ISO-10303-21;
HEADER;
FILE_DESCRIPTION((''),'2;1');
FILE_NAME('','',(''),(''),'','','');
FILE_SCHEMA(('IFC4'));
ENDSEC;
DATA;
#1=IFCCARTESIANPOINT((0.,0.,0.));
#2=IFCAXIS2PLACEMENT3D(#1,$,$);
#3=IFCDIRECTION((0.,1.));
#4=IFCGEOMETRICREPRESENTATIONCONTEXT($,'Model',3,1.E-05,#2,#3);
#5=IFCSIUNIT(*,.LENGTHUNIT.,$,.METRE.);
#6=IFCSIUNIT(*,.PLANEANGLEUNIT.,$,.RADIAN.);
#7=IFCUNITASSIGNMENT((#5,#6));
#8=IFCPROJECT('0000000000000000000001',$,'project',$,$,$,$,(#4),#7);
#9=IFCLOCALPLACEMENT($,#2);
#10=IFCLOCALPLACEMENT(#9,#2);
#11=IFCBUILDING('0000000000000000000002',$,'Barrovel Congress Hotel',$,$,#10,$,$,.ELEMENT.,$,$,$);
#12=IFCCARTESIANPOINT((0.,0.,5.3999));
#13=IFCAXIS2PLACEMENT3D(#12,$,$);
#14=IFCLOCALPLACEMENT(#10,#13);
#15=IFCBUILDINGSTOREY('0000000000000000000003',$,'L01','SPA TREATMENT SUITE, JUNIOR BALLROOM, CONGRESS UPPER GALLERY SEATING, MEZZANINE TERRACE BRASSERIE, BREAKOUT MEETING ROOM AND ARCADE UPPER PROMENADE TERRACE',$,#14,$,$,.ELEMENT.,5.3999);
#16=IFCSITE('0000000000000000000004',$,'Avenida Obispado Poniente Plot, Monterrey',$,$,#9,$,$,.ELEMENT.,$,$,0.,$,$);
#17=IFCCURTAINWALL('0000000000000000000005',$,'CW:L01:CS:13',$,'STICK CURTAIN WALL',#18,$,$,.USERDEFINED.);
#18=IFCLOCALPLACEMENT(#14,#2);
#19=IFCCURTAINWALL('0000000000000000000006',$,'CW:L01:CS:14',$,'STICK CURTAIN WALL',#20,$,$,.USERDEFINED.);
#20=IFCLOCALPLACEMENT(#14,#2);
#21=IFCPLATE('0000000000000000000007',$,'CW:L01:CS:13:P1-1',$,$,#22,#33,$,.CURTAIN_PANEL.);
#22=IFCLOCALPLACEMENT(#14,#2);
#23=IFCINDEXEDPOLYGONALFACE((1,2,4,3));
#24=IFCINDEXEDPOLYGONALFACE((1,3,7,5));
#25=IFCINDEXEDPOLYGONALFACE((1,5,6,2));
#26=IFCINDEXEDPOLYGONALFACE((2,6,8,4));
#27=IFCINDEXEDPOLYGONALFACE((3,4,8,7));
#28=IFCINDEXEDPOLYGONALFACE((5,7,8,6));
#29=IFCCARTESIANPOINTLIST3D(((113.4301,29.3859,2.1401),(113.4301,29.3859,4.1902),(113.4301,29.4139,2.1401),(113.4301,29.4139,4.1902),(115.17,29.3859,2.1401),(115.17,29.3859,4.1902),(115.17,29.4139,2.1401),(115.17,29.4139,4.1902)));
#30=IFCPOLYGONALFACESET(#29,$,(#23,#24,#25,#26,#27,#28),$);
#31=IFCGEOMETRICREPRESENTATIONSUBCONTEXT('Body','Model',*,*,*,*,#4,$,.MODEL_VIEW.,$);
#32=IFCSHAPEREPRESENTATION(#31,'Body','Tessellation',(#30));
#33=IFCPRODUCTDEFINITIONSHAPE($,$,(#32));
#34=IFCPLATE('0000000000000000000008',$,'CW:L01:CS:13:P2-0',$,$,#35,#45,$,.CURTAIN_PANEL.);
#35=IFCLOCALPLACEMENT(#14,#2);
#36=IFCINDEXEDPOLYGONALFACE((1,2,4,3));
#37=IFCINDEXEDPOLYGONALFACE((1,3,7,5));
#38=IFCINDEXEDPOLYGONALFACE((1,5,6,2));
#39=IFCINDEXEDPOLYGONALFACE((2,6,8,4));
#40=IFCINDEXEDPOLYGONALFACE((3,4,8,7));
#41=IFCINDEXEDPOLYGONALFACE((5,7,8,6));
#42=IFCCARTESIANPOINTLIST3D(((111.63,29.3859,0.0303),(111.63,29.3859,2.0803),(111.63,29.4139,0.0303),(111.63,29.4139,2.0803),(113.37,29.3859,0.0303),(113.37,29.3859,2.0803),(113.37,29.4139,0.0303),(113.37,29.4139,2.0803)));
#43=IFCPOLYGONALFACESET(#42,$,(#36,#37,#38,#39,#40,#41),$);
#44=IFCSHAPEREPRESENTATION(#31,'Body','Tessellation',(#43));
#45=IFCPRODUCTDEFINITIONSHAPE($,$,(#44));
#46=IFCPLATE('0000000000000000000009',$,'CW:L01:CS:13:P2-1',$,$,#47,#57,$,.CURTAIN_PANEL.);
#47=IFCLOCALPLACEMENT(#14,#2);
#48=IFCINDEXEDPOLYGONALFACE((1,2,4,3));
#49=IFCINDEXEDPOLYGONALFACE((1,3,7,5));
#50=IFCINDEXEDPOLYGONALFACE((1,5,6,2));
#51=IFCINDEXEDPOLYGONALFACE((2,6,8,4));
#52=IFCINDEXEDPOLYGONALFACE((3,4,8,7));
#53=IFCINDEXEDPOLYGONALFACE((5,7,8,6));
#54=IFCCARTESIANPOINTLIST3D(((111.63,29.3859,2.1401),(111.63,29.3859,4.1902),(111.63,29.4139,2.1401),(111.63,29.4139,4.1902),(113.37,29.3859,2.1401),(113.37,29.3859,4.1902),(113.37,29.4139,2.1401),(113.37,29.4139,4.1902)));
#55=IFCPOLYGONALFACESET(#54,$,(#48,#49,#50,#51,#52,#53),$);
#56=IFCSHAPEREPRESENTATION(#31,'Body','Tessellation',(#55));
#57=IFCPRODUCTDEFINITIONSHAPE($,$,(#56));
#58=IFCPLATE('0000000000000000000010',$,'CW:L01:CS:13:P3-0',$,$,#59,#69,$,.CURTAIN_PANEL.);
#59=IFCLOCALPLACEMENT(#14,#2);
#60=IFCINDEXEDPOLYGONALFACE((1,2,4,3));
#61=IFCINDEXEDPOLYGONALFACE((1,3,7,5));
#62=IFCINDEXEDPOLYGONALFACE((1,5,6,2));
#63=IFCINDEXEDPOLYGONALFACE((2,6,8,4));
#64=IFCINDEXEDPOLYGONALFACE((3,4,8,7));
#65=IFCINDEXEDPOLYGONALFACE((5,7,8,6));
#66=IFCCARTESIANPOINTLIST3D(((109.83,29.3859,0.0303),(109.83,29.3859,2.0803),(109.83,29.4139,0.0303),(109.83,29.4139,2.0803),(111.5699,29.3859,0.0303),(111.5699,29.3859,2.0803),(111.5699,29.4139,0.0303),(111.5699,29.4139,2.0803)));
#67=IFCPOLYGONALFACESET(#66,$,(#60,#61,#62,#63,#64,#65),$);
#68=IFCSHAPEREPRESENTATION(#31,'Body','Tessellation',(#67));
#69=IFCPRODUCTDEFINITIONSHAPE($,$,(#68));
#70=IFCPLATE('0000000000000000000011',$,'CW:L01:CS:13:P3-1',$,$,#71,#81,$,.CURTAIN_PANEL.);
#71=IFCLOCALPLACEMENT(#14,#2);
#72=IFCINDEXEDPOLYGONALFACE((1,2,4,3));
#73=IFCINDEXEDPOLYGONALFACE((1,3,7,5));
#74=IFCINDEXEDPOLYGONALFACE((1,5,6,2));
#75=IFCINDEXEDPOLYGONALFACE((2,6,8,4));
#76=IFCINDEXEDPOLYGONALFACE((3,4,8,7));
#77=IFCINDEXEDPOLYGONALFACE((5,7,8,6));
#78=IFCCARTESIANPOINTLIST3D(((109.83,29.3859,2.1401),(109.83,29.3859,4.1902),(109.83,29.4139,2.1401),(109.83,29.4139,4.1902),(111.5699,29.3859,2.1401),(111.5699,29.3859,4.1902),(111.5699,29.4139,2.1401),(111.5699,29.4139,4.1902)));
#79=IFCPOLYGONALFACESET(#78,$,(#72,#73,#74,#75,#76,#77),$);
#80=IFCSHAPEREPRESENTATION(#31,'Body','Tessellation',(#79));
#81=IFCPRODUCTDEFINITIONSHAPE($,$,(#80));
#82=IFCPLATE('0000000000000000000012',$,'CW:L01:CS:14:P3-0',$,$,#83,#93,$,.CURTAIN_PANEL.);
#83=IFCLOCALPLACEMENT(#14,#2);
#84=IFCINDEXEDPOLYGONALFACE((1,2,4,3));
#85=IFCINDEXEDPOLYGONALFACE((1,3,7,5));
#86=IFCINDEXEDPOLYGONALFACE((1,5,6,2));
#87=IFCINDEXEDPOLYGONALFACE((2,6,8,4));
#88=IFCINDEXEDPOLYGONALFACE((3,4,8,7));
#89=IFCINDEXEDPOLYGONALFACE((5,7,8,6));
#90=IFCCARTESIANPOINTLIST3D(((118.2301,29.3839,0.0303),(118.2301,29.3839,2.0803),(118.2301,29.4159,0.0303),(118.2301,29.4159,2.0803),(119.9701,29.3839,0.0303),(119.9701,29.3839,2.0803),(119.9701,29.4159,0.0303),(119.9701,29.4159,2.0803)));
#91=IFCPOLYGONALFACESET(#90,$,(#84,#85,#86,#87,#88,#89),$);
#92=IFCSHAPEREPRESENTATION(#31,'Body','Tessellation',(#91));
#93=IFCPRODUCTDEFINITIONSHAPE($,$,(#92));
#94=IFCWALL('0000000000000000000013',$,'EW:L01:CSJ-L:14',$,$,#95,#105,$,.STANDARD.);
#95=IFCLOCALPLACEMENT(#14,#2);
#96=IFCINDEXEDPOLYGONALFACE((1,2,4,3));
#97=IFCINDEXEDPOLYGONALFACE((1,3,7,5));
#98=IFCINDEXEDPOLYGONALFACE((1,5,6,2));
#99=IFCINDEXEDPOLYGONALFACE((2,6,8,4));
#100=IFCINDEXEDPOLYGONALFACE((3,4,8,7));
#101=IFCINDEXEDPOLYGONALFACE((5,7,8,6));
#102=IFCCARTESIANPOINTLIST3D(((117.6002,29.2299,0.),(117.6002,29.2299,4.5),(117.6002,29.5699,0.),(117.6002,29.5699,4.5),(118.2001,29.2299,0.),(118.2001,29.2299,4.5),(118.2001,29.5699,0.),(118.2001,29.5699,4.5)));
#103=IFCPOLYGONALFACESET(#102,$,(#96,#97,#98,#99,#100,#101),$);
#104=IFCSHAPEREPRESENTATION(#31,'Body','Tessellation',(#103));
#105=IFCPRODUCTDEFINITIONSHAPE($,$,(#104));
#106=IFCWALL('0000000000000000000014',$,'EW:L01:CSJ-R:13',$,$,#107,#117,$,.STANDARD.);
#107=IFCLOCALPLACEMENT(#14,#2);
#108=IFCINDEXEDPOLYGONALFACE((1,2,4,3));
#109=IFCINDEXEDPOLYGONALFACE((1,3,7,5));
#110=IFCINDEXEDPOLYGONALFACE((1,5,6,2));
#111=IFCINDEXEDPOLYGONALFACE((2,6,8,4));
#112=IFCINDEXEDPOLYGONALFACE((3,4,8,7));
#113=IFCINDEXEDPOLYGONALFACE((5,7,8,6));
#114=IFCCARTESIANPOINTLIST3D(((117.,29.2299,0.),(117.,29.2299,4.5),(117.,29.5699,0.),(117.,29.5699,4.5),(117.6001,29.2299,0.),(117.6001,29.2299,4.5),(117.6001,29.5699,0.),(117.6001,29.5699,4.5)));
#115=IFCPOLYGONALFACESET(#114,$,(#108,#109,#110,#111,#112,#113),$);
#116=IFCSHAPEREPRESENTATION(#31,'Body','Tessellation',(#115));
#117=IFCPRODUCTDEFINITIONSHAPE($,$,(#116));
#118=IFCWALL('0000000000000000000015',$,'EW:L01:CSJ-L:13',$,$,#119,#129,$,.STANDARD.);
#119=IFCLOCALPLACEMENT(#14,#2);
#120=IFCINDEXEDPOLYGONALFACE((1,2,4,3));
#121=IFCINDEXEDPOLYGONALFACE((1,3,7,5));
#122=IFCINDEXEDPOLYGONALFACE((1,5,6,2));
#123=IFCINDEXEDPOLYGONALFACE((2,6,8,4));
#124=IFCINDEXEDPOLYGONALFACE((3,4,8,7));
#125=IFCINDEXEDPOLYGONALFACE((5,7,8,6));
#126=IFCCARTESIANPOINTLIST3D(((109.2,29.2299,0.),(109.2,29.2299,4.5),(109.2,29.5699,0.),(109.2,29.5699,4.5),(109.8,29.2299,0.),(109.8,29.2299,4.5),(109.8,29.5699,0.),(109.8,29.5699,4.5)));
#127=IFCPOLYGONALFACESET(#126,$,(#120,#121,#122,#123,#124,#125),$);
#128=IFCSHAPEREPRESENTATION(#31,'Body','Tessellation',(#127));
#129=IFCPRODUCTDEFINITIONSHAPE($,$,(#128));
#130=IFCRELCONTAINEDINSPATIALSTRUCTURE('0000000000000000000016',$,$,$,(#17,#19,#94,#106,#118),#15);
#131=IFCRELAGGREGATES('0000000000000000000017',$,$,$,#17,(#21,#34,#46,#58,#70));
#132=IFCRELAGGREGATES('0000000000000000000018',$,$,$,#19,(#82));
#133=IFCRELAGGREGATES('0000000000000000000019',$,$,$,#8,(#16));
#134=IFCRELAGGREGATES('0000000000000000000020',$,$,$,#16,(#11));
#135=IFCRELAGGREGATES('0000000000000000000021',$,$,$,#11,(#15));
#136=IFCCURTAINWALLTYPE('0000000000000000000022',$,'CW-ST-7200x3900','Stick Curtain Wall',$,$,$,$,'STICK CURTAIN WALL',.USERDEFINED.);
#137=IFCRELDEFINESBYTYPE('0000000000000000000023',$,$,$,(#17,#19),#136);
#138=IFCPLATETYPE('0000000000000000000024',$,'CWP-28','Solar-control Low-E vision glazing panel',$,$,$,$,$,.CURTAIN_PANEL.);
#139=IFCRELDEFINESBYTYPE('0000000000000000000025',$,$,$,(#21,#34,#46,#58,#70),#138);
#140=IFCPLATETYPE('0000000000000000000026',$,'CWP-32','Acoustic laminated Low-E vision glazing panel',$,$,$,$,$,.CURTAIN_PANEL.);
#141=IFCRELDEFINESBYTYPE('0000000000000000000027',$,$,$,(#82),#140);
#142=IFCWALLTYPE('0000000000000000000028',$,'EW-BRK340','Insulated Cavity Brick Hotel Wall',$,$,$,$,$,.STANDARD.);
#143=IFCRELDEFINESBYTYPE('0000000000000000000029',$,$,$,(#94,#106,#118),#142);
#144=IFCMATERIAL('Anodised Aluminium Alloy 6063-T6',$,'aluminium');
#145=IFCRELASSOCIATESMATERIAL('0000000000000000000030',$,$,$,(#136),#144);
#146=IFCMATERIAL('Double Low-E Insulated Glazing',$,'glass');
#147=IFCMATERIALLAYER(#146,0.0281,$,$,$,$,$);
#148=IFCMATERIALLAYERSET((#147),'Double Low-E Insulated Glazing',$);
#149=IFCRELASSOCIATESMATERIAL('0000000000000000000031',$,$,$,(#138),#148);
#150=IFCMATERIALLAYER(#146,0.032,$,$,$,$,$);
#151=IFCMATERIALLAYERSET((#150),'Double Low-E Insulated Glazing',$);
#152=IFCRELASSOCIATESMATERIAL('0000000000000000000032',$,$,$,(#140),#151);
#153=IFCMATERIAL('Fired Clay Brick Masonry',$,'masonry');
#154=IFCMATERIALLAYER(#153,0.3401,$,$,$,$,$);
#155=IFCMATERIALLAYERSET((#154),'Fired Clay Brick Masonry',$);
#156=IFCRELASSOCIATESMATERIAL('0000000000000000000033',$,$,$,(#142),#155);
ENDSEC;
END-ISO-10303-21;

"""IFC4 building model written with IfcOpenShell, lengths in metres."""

from ifc_helpers import new_model, si_unit, direction, frame, frame_2d, origin, origin_2d, place, context, subcontext, project, spatial, rectangle, extrude, material, layer, layer_set, type_object, element, aggregate, save


model = new_model("IFC4")

# Units and contexts
model_context = context("Model", 3, precision=1e-05, world=origin(), true_north=direction((0.0, 1.0)))
body_context = subcontext(model_context, "Body", "Model", "MODEL_VIEW")
ifc_project = project(units=[si_unit("LENGTHUNIT", "METRE"), si_unit("PLANEANGLEUNIT", "RADIAN")], contexts=[model_context])

# Site, building, storey
site_placement = place(None, origin())
site = spatial("IfcSite", under=ifc_project, at=site_placement, Name="Avenida Obispado Poniente Plot, Monterrey", CompositionType="ELEMENT", RefElevation=0.0)
building_placement = place(site_placement, origin())
building = spatial("IfcBuilding", under=site, at=building_placement, Name="Barrovel Congress Hotel", CompositionType="ELEMENT")
storey_placement = place(building_placement, frame((0.0, 0.0, 5.3999)))
storey = spatial("IfcBuildingStorey", under=building, at=storey_placement, Name="L01", Description="SPA TREATMENT SUITE, JUNIOR BALLROOM, CONGRESS UPPER GALLERY SEATING, MEZZANINE TERRACE BRASSERIE, BREAKOUT MEETING ROOM AND ARCADE UPPER PROMENADE TERRACE", CompositionType="ELEMENT", Elevation=5.3999)

# Curtain wall
ifc_material_1 = material(Name="Anodised Aluminium Alloy 6063-T6", Category="aluminium")
curtain_wall_type = type_object("IfcCurtainWallType", Name="CW-ST-7200x3900", Description="Stick Curtain Wall", ElementType="STICK CURTAIN WALL", PredefinedType="USERDEFINED", material=ifc_material_1)
curtain_wall_1_placement = place(storey_placement, origin())
curtain_wall_1 = element("IfcCurtainWall", 1, at=curtain_wall_1_placement, inside=storey, type_object=curtain_wall_type, Name="CW:L01:CS:13", ObjectType="STICK CURTAIN WALL", PredefinedType="USERDEFINED")

# Curtain wall
curtain_wall_2_placement = place(storey_placement, origin())
curtain_wall_2 = element("IfcCurtainWall", 2, at=curtain_wall_2_placement, inside=storey, type_object=curtain_wall_type, Name="CW:L01:CS:14", ObjectType="STICK CURTAIN WALL", PredefinedType="USERDEFINED")

# Plates
ifc_material_2 = material(Name="Double Low-E Insulated Glazing", Category="glass")
ifc_layer_1 = layer(ifc_material_2, 0.0281)
ifc_layer_set_1 = layer_set([ifc_layer_1], Name="Double Low-E Insulated Glazing")
plate_type_1 = type_object("IfcPlateType", Name="CWP-28", Description="Solar-control Low-E vision glazing panel", PredefinedType="CURTAIN_PANEL", material=ifc_layer_set_1)
plate_1_placement = place(storey_placement, frame((114.3, 29.3999, 2.1401), z_axis=(0.0, 0.0, 1.0), x_axis=(-1.0, 0.0, 0.0)))
plate_1 = element("IfcPlate", 3, at=plate_1_placement, type_object=plate_type_1, Name="CW:L01:CS:13:P1-1", PredefinedType="CURTAIN_PANEL", context=body_context, shape_type="SweptSolid", body=[
    extrude(rectangle(XDim=1.74, YDim=0.0281, at=origin_2d()), origin(), (0.0, 0.0, 1.0), 2.05),
])
plate_2_placement = place(storey_placement, frame((112.5, 29.3999, 0.0303), z_axis=(0.0, 0.0, 1.0), x_axis=(-1.0, 0.0, 0.0)))
plate_2 = element("IfcPlate", 4, at=plate_2_placement, type_object=plate_type_1, Name="CW:L01:CS:13:P2-0", PredefinedType="CURTAIN_PANEL", context=body_context, shape_type="SweptSolid", body=[
    extrude(rectangle(XDim=1.74, YDim=0.0281, at=origin_2d()), origin(), (0.0, 0.0, 1.0), 2.05),
])
plate_3_placement = place(storey_placement, frame((112.5, 29.3999, 2.1401), z_axis=(0.0, 0.0, 1.0), x_axis=(-1.0, 0.0, 0.0)))
plate_3 = element("IfcPlate", 5, at=plate_3_placement, type_object=plate_type_1, Name="CW:L01:CS:13:P2-1", PredefinedType="CURTAIN_PANEL", context=body_context, shape_type="SweptSolid", body=[
    extrude(rectangle(XDim=1.74, YDim=0.0281, at=origin_2d()), origin(), (0.0, 0.0, 1.0), 2.05),
])
plate_4_placement = place(storey_placement, frame((110.7, 29.3999, 0.0303), z_axis=(0.0, 0.0, 1.0), x_axis=(-1.0, 0.0, 0.0)))
plate_4 = element("IfcPlate", 6, at=plate_4_placement, type_object=plate_type_1, Name="CW:L01:CS:13:P3-0", PredefinedType="CURTAIN_PANEL", context=body_context, shape_type="SweptSolid", body=[
    extrude(rectangle(XDim=1.74, YDim=0.0281, at=origin_2d()), origin(), (0.0, 0.0, 1.0), 2.05),
])
plate_5_placement = place(storey_placement, frame((110.7, 29.3999, 2.1401), z_axis=(0.0, 0.0, 1.0), x_axis=(-1.0, 0.0, 0.0)))
plate_5 = element("IfcPlate", 7, at=plate_5_placement, type_object=plate_type_1, Name="CW:L01:CS:13:P3-1", PredefinedType="CURTAIN_PANEL", context=body_context, shape_type="SweptSolid", body=[
    extrude(rectangle(XDim=1.74, YDim=0.0281, at=origin_2d()), origin(), (0.0, 0.0, 1.0), 2.05),
])
aggregate(curtain_wall_1, [plate_1, plate_2, plate_3, plate_4, plate_5])
ifc_layer_2 = layer(ifc_material_2, 0.032)
ifc_layer_set_2 = layer_set([ifc_layer_2], Name="Double Low-E Insulated Glazing")
plate_type_2 = type_object("IfcPlateType", Name="CWP-32", Description="Acoustic laminated Low-E vision glazing panel", PredefinedType="CURTAIN_PANEL", material=ifc_layer_set_2)
plate_6_placement = place(storey_placement, frame((119.1001, 29.3999, 0.0303), z_axis=(0.0, 0.0, 1.0), x_axis=(-1.0, 0.0, 0.0)))
plate_6 = element("IfcPlate", 8, at=plate_6_placement, type_object=plate_type_2, Name="CW:L01:CS:14:P3-0", PredefinedType="CURTAIN_PANEL", context=body_context, shape_type="SweptSolid", body=[
    extrude(rectangle(XDim=1.74, YDim=0.032, at=origin_2d()), origin(), (0.0, 0.0, 1.0), 2.05),
])
aggregate(curtain_wall_2, [plate_6])

# Walls
ifc_material_3 = material(Name="Fired Clay Brick Masonry", Category="masonry")
ifc_layer_3 = layer(ifc_material_3, 0.3401)
ifc_layer_set_3 = layer_set([ifc_layer_3], Name="Fired Clay Brick Masonry")
wall_type = type_object("IfcWallType", Name="EW-BRK340", Description="Insulated Cavity Brick Hotel Wall", PredefinedType="STANDARD", material=ifc_layer_set_3)
wall_placement = place(storey_placement, frame((118.2, 29.3999, 0.0), z_axis=(0.0, 0.0, 1.0), x_axis=(-1.0, 0.0, 0.0)))
element("IfcWall", 9, at=wall_placement, inside=storey, type_object=wall_type, Name="EW:L01:CSJ-L:14", PredefinedType="STANDARD", context=body_context, shape_type="SweptSolid", body=[
    extrude(rectangle(XDim=0.5999, YDim=0.3401, at=frame_2d((0.2998, 0.0))), origin(), (0.0, 0.0, 1.0), 4.5),
])
for number, where, z_axis, x_axis, name in (
    (10, (117.6001, 29.3999, 0.0), (0.0, 0.0, 1.0), (-1.0, 0.0, 0.0), "EW:L01:CSJ-R:13"),
    (11, (109.8, 29.3999, 0.0), (0.0, 0.0, 1.0), (-1.0, 0.0, 0.0), "EW:L01:CSJ-L:13"),
):
    element("IfcWall", number, at=place(storey_placement, frame(where, z_axis=z_axis, x_axis=x_axis)), inside=storey, type_object=wall_type, Name=name, PredefinedType="STANDARD", context=body_context, shape_type="SweptSolid", body=[
        extrude(rectangle(XDim=0.6001, YDim=0.3401, at=frame_2d((0.3, 0.0))), origin(), (0.0, 0.0, 1.0), 4.5),
    ])

save(model, "model.ifc")
